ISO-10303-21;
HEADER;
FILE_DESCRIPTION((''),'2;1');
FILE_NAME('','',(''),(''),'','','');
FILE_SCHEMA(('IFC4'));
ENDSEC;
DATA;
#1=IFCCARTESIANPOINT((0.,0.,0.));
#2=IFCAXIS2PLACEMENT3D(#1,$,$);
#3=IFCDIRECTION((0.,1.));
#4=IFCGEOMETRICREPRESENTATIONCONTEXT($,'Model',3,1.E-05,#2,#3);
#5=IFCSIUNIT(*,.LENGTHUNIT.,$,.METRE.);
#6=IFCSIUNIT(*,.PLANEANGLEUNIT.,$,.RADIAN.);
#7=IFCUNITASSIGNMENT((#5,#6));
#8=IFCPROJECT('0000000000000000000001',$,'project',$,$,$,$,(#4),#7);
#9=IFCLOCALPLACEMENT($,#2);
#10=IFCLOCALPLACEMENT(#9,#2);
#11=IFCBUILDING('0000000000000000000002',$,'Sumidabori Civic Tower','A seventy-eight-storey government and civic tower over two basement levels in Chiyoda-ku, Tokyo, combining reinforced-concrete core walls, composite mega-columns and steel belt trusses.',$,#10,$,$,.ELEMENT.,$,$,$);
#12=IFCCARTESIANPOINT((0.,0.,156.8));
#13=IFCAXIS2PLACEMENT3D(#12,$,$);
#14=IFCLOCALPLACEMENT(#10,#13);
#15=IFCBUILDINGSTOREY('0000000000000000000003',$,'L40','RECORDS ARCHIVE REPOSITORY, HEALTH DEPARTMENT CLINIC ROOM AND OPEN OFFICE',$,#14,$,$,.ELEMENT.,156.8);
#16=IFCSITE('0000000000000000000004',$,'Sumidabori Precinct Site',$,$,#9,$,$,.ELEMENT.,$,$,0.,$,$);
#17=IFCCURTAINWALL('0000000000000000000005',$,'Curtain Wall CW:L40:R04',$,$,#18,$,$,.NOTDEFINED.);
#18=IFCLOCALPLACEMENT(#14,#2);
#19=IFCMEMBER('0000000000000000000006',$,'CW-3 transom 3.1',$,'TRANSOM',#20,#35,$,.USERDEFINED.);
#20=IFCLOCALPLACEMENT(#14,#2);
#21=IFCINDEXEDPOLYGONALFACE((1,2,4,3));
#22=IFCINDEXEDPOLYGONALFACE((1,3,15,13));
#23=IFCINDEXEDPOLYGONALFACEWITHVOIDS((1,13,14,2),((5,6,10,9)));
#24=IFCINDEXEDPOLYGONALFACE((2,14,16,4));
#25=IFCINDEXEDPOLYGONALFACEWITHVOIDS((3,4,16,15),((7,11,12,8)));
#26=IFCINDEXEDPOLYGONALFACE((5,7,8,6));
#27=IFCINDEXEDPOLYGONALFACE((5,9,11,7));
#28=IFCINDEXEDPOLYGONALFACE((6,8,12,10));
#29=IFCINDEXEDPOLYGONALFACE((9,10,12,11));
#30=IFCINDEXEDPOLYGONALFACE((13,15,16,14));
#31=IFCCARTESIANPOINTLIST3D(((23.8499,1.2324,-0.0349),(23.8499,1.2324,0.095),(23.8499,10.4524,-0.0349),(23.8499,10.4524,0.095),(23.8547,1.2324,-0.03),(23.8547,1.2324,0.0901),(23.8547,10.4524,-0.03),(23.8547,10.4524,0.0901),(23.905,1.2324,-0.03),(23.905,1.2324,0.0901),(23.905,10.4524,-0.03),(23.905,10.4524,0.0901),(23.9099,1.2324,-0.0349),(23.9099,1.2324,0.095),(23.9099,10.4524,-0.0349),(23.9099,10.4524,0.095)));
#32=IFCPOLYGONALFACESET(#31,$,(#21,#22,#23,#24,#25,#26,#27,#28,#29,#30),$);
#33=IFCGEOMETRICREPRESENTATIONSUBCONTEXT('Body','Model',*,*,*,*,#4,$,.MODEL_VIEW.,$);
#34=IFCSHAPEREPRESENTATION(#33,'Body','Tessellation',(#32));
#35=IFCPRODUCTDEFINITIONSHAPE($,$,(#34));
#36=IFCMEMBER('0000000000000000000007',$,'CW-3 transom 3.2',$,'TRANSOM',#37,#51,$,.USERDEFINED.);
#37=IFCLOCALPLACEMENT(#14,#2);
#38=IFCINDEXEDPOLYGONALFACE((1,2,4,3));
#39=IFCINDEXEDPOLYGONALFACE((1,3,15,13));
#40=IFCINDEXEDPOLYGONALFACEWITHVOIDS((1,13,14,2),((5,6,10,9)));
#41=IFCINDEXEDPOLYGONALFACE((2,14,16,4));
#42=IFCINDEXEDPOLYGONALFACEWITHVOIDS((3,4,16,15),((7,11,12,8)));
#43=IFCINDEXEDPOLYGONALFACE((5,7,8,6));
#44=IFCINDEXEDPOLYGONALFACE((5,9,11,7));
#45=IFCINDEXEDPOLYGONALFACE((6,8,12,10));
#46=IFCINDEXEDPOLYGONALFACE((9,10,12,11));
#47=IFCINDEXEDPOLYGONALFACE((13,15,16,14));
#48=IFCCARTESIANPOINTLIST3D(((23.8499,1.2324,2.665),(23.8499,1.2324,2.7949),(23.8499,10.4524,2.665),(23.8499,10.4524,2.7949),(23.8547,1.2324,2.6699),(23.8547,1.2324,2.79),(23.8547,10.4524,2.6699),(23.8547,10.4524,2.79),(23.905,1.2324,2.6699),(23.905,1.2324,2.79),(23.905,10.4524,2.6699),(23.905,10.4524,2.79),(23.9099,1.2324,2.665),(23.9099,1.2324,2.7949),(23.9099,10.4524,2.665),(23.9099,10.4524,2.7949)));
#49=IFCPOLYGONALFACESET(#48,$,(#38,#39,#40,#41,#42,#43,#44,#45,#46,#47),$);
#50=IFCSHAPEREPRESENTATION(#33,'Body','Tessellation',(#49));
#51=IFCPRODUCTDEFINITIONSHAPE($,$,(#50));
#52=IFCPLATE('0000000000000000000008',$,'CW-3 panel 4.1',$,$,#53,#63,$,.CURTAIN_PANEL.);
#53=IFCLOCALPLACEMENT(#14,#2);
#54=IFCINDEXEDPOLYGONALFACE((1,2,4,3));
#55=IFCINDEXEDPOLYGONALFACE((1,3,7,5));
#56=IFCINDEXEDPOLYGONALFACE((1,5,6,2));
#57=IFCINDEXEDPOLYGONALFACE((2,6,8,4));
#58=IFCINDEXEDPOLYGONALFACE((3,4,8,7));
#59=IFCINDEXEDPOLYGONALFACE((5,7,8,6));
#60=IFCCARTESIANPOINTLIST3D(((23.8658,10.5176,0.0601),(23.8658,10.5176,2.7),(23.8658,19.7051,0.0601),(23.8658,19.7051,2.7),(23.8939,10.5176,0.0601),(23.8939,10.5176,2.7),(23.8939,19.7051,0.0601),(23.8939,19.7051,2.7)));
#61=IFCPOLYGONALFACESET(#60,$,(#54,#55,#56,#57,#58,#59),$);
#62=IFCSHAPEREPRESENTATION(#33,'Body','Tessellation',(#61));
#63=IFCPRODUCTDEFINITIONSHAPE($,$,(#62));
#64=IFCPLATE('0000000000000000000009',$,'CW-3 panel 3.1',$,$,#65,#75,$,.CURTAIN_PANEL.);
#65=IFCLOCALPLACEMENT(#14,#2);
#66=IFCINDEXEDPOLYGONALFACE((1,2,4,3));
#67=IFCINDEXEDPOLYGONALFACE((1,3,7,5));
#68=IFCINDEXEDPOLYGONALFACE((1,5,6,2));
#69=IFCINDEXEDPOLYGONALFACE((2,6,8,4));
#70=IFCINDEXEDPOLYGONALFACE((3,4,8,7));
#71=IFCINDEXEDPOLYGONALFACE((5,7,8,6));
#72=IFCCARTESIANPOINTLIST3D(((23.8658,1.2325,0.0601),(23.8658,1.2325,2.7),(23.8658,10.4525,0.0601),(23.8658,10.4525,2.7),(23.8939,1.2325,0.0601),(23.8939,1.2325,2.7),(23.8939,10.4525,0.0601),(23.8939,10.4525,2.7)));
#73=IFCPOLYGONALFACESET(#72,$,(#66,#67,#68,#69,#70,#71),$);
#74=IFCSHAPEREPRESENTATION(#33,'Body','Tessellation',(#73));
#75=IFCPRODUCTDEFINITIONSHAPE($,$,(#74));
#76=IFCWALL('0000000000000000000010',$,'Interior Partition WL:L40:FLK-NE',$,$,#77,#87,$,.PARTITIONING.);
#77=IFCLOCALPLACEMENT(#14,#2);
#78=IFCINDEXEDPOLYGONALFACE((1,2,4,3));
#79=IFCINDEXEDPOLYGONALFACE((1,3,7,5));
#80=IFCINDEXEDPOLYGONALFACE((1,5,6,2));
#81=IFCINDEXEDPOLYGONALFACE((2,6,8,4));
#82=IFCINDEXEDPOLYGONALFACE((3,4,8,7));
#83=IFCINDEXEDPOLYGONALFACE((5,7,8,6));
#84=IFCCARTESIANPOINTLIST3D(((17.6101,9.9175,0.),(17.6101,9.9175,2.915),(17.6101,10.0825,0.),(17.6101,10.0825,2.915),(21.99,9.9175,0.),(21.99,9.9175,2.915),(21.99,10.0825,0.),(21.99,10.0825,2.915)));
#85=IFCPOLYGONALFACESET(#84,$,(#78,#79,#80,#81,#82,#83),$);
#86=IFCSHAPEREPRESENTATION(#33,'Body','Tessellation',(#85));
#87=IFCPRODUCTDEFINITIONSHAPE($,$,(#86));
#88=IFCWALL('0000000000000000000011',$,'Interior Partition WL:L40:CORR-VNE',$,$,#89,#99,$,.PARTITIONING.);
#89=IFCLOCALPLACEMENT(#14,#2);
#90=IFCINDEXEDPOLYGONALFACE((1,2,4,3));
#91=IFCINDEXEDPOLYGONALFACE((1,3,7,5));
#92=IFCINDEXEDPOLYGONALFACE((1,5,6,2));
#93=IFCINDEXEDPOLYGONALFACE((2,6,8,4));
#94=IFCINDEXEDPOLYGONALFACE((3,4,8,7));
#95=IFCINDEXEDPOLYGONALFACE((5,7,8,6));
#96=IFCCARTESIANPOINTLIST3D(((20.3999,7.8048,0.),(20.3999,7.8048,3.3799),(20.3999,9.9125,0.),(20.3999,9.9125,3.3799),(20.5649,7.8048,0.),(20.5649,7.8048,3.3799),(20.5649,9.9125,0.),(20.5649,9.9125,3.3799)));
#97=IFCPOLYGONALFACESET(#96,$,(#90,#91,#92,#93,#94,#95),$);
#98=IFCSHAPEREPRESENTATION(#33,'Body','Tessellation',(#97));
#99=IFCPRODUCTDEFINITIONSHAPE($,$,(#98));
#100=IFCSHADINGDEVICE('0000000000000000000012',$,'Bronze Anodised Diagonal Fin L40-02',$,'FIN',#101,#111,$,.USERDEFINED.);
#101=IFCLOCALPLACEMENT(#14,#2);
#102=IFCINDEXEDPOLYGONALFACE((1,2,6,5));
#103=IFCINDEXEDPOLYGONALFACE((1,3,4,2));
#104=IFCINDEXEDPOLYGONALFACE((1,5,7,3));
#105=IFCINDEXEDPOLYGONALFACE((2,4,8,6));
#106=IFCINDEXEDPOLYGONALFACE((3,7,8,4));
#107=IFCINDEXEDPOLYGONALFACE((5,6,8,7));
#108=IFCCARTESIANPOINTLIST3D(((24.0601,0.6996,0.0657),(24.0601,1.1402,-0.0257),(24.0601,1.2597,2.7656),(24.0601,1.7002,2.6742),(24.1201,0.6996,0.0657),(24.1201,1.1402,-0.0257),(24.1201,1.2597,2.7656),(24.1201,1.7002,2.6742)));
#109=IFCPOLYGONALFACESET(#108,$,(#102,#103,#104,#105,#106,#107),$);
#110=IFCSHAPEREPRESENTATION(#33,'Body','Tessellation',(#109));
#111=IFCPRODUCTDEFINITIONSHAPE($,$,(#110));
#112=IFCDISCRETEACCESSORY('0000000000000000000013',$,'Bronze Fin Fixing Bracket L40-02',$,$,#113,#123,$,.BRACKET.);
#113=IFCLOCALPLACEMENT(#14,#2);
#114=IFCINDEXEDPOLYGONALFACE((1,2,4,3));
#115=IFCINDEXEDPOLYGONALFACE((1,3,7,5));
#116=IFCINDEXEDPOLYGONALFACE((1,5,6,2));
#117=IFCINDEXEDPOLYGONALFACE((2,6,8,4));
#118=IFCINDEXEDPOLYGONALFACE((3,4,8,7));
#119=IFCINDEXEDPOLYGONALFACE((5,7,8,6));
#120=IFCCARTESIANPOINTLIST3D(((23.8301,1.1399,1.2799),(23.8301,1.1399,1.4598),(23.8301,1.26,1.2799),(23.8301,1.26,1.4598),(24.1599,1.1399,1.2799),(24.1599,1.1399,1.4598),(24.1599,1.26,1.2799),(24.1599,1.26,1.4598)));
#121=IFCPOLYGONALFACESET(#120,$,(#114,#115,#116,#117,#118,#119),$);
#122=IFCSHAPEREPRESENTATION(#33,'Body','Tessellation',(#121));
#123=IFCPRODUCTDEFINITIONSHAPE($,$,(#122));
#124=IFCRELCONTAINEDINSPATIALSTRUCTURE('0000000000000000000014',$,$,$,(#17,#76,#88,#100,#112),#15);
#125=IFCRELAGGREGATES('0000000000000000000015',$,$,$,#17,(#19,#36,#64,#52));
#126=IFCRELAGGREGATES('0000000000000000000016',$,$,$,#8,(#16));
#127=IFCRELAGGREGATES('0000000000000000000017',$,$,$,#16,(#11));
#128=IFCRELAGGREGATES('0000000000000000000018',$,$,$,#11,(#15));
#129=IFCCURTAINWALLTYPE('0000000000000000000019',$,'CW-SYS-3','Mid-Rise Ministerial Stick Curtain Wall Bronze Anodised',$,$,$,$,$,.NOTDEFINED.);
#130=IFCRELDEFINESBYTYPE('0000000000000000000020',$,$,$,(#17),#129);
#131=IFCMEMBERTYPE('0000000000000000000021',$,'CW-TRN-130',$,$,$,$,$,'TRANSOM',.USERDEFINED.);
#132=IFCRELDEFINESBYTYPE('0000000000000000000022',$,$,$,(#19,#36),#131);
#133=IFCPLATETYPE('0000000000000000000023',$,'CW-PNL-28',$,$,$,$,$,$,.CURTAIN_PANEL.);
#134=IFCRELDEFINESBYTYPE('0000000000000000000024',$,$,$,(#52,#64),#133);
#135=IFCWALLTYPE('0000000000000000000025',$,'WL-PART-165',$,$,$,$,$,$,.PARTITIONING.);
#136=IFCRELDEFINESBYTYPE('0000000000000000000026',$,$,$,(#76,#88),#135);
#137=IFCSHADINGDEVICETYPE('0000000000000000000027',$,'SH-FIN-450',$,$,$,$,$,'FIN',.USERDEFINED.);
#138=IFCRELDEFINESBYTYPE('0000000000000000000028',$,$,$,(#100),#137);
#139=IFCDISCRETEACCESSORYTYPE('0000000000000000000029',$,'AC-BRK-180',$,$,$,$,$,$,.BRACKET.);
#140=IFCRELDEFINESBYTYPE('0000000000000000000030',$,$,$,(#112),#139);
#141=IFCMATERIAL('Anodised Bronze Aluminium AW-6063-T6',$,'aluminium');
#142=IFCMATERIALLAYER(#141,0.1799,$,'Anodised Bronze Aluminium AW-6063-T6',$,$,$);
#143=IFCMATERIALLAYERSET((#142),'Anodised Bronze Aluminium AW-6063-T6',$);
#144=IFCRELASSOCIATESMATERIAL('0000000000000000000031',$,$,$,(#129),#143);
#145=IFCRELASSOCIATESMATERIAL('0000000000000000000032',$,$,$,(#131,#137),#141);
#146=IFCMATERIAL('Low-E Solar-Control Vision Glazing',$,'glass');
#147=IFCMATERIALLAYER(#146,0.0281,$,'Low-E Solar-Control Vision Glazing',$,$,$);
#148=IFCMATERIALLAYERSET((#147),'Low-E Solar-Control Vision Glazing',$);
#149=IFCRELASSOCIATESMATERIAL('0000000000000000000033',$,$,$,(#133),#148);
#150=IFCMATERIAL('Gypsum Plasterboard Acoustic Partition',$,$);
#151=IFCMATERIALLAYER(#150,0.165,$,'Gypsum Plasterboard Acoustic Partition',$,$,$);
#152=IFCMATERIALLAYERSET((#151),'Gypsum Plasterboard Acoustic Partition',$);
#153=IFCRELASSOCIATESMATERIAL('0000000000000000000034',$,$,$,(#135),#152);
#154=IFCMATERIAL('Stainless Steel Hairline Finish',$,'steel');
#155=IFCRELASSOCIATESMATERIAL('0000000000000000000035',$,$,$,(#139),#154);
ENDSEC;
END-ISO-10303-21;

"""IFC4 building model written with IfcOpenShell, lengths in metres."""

from ifc_helpers import new_model, si_unit, direction, frame, frame_2d, origin, origin_2d, place, context, subcontext, project, spatial, rectangle, hollow_rectangle, extrude, source, transform, mapped, material, layer, layer_set, material_profile, profile_set, type_object, element, aggregate, save


model = new_model("IFC4")

# Units and contexts
model_context = context("Model", 3, precision=1e-05, world=origin(), true_north=direction((0.0, 1.0)))
body_context = subcontext(model_context, "Body", "Model", "MODEL_VIEW")
ifc_project = project(units=[si_unit("LENGTHUNIT", "METRE"), si_unit("PLANEANGLEUNIT", "RADIAN")], contexts=[model_context])

# Site, building, storey
site_placement = place(None, origin())
site = spatial("IfcSite", under=ifc_project, at=site_placement, Name="Sumidabori Precinct Site", CompositionType="ELEMENT", RefElevation=0.0)
building_placement = place(site_placement, origin())
building = spatial("IfcBuilding", under=site, at=building_placement, Name="Sumidabori Civic Tower", Description="A seventy-eight-storey government and civic tower over two basement levels in Chiyoda-ku, Tokyo, combining reinforced-concrete core walls, composite mega-columns and steel belt trusses.", CompositionType="ELEMENT")
storey_placement = place(building_placement, frame((0.0, 0.0, 156.8)))
storey = spatial("IfcBuildingStorey", under=building, at=storey_placement, Name="L40", Description="RECORDS ARCHIVE REPOSITORY, HEALTH DEPARTMENT CLINIC ROOM AND OPEN OFFICE", CompositionType="ELEMENT", Elevation=156.8)

# Curtain wall, members, plates
ifc_material_1 = material(Name="Anodised Bronze Aluminium AW-6063-T6", Category="aluminium")
ifc_layer_1 = layer(ifc_material_1, 0.1799, Name="Anodised Bronze Aluminium AW-6063-T6")
ifc_layer_set_1 = layer_set([ifc_layer_1], Name="Anodised Bronze Aluminium AW-6063-T6")
curtain_wall_type = type_object("IfcCurtainWallType", Name="CW-SYS-3", Description="Mid-Rise Ministerial Stick Curtain Wall Bronze Anodised", PredefinedType="NOTDEFINED", material=ifc_layer_set_1)
curtain_wall_placement = place(storey_placement, origin())
curtain_wall = element("IfcCurtainWall", 1, at=curtain_wall_placement, inside=storey, type_object=curtain_wall_type, Name="Curtain Wall CW:L40:R04", PredefinedType="NOTDEFINED")
ifc_material_profile_1 = material_profile(ifc_material_1, hollow_rectangle(XDim=0.0601, YDim=0.1299, WallThickness=0.0049, at=origin_2d()), Name="ALU TRANSOM 130x60")
ifc_profile_set_1 = profile_set([ifc_material_profile_1], Name="Anodised Bronze Aluminium AW-6063-T6")
member_type_1 = type_object("IfcMemberType", Name="CW-TRN-130", ElementType="TRANSOM", PredefinedType="USERDEFINED", material=ifc_profile_set_1)
shared_shape_1 = source(origin(), body_context, "Body", "SweptSolid", [
    extrude(hollow_rectangle(XDim=0.0601, YDim=0.1299, WallThickness=0.0049, at=origin_2d()), origin(), (0.0, 0.0, 1.0), 9.22),
])
member_1_placement = place(storey_placement, frame((23.8799, 1.2324, 0.03), z_axis=(0.0, 1.0, 0.0), x_axis=(-1.0, 0.0, 0.0)))
member_1 = element("IfcMember", 2, at=member_1_placement, type_object=member_type_1, Name="CW-3 transom 3.1", ObjectType="TRANSOM", PredefinedType="USERDEFINED", context=body_context, shape_type="MappedRepresentation", body=[
    mapped(shared_shape_1, transform((0.0, 0.0, 0.0), x_axis=(1.0, 0.0, 0.0), y_axis=(0.0, 1.0, 0.0), z_axis=(0.0, 0.0, 1.0), scale=1.0)),
])
member_2_placement = place(storey_placement, frame((23.8799, 1.2324, 2.73), z_axis=(0.0, 1.0, 0.0), x_axis=(-1.0, 0.0, 0.0)))
member_2 = element("IfcMember", 3, at=member_2_placement, type_object=member_type_1, Name="CW-3 transom 3.2", ObjectType="TRANSOM", PredefinedType="USERDEFINED", context=body_context, shape_type="MappedRepresentation", body=[
    mapped(shared_shape_1, transform((0.0, 0.0, 0.0), x_axis=(1.0, 0.0, 0.0), y_axis=(0.0, 1.0, 0.0), z_axis=(0.0, 0.0, 1.0), scale=1.0)),
])
ifc_material_2 = material(Name="Low-E Solar-Control Vision Glazing", Category="glass")
ifc_layer_2 = layer(ifc_material_2, 0.0281, Name="Low-E Solar-Control Vision Glazing")
ifc_layer_set_2 = layer_set([ifc_layer_2], Name="Low-E Solar-Control Vision Glazing")
plate_type = type_object("IfcPlateType", Name="CW-PNL-28", PredefinedType="CURTAIN_PANEL", material=ifc_layer_set_2)
shared_shape_2 = source(origin(), body_context, "Body", "SweptSolid", [
    extrude(rectangle(XDim=9.1875, YDim=0.0281, at=origin_2d()), origin(), (0.0, 0.0, 1.0), 2.6399),
])
plate_1_placement = place(storey_placement, frame((23.8799, 15.1113, 0.0601), z_axis=(0.0, 0.0, 1.0), x_axis=(0.0, 1.0, 0.0)))
plate_1 = element("IfcPlate", 4, at=plate_1_placement, type_object=plate_type, Name="CW-3 panel 4.1", PredefinedType="CURTAIN_PANEL", context=body_context, shape_type="MappedRepresentation", body=[
    mapped(shared_shape_2, transform((0.0, 0.0, 0.0), x_axis=(1.0, 0.0, 0.0), y_axis=(0.0, 1.0, 0.0), z_axis=(0.0, 0.0, 1.0), scale=1.0)),
])
shared_shape_3 = source(origin(), body_context, "Body", "SweptSolid", [
    extrude(rectangle(XDim=9.22, YDim=0.0281, at=origin_2d()), origin(), (0.0, 0.0, 1.0), 2.6399),
])
plate_2_placement = place(storey_placement, frame((23.8799, 5.8425, 0.0601), z_axis=(0.0, 0.0, 1.0), x_axis=(0.0, 1.0, 0.0)))
plate_2 = element("IfcPlate", 5, at=plate_2_placement, type_object=plate_type, Name="CW-3 panel 3.1", PredefinedType="CURTAIN_PANEL", context=body_context, shape_type="MappedRepresentation", body=[
    mapped(shared_shape_3, transform((0.0, 0.0, 0.0), x_axis=(1.0, 0.0, 0.0), y_axis=(0.0, 1.0, 0.0), z_axis=(0.0, 0.0, 1.0), scale=1.0)),
])
aggregate(curtain_wall, [member_1, member_2, plate_2, plate_1])

# Walls
ifc_material_3 = material(Name="Gypsum Plasterboard Acoustic Partition")
ifc_layer_3 = layer(ifc_material_3, 0.165, Name="Gypsum Plasterboard Acoustic Partition")
ifc_layer_set_3 = layer_set([ifc_layer_3], Name="Gypsum Plasterboard Acoustic Partition")
wall_type = type_object("IfcWallType", Name="WL-PART-165", PredefinedType="PARTITIONING", material=ifc_layer_set_3)
shared_shape_4 = source(origin(), body_context, "Body", "SweptSolid", [
    extrude(rectangle(XDim=4.3799, YDim=0.165, at=frame_2d((2.1899, 0.0))), origin(), (0.0, 0.0, 1.0), 2.915),
])
wall_1_placement = place(storey_placement, frame((17.6101, 10.0, 0.0), z_axis=(0.0, 0.0, 1.0), x_axis=(1.0, 0.0, 0.0)))
element("IfcWall", 6, at=wall_1_placement, inside=storey, type_object=wall_type, Name="Interior Partition WL:L40:FLK-NE", PredefinedType="PARTITIONING", context=body_context, shape_type="MappedRepresentation", body=[
    mapped(shared_shape_4, transform((0.0, 0.0, 0.0), x_axis=(1.0, 0.0, 0.0), y_axis=(0.0, 1.0, 0.0), z_axis=(0.0, 0.0, 1.0), scale=1.0)),
])
shared_shape_5 = source(origin(), body_context, "Body", "SweptSolid", [
    extrude(rectangle(XDim=2.1077, YDim=0.165, at=frame_2d((1.0537, 0.0))), origin(), (0.0, 0.0, 1.0), 3.3799),
])
wall_2_placement = place(storey_placement, frame((20.4824, 7.8049, 0.0), z_axis=(0.0, 0.0, 1.0), x_axis=(0.0, 1.0, 0.0)))
element("IfcWall", 7, at=wall_2_placement, inside=storey, type_object=wall_type, Name="Interior Partition WL:L40:CORR-VNE", PredefinedType="PARTITIONING", context=body_context, shape_type="MappedRepresentation", body=[
    mapped(shared_shape_5, transform((0.0, 0.0, 0.0), x_axis=(1.0, 0.0, 0.0), y_axis=(0.0, 1.0, 0.0), z_axis=(0.0, 0.0, 1.0), scale=1.0)),
])

# Shading device
ifc_material_profile_2 = material_profile(ifc_material_1, rectangle(XDim=0.0601, YDim=0.45, at=origin_2d()), Name="BRONZE FIN 450x60")
ifc_profile_set_2 = profile_set([ifc_material_profile_2], Name="Anodised Bronze Aluminium AW-6063-T6")
shading_device_type = type_object("IfcShadingDeviceType", Name="SH-FIN-450", ElementType="FIN", PredefinedType="USERDEFINED", material=ifc_profile_set_2)
shared_shape_6 = source(origin(), body_context, "Body", "SweptSolid", [
    extrude(rectangle(XDim=0.0601, YDim=0.45, at=origin_2d()), origin(), (0.0, 0.0, 1.0), 2.7573),
])
shading_device_placement = place(storey_placement, frame((24.0901, 0.9199, 0.02), z_axis=(0.0, 0.203109, 0.979156), x_axis=(-1.0, 0.0, 0.0)))
element("IfcShadingDevice", 8, at=shading_device_placement, inside=storey, type_object=shading_device_type, Name="Bronze Anodised Diagonal Fin L40-02", ObjectType="FIN", PredefinedType="USERDEFINED", context=body_context, shape_type="MappedRepresentation", body=[
    mapped(shared_shape_6, transform((0.0, 0.0, 0.0), x_axis=(1.0, 0.0, 0.0), y_axis=(0.0, 1.0, 0.0), z_axis=(0.0, 0.0, 1.0), scale=1.0)),
])

# Discrete accessory
ifc_material_4 = material(Name="Stainless Steel Hairline Finish", Category="steel")
ifc_material_profile_3 = material_profile(ifc_material_4, rectangle(XDim=0.1201, YDim=0.1799, at=origin_2d()), Name="STEEL BRACKET 180x120")
ifc_profile_set_3 = profile_set([ifc_material_profile_3], Name="Stainless Steel Hairline Finish")
discrete_accessory_type = type_object("IfcDiscreteAccessoryType", Name="AC-BRK-180", PredefinedType="BRACKET", material=ifc_profile_set_3)
shared_shape_7 = source(origin(), body_context, "Body", "SweptSolid", [
    extrude(rectangle(XDim=0.1201, YDim=0.1799, at=origin_2d()), origin(), (0.0, 0.0, 1.0), 0.3298),
])
discrete_accessory_placement = place(storey_placement, frame((23.8301, 1.2, 1.3699), z_axis=(1.0, 0.0, 0.0), x_axis=(0.0, 1.0, 0.0)))
element("IfcDiscreteAccessory", 9, at=discrete_accessory_placement, inside=storey, type_object=discrete_accessory_type, Name="Bronze Fin Fixing Bracket L40-02", PredefinedType="BRACKET", context=body_context, shape_type="MappedRepresentation", body=[
    mapped(shared_shape_7, transform((0.0, 0.0, 0.0), x_axis=(1.0, 0.0, 0.0), y_axis=(0.0, 1.0, 0.0), z_axis=(0.0, 0.0, 1.0), scale=1.0)),
])

save(model, "model.ifc")
